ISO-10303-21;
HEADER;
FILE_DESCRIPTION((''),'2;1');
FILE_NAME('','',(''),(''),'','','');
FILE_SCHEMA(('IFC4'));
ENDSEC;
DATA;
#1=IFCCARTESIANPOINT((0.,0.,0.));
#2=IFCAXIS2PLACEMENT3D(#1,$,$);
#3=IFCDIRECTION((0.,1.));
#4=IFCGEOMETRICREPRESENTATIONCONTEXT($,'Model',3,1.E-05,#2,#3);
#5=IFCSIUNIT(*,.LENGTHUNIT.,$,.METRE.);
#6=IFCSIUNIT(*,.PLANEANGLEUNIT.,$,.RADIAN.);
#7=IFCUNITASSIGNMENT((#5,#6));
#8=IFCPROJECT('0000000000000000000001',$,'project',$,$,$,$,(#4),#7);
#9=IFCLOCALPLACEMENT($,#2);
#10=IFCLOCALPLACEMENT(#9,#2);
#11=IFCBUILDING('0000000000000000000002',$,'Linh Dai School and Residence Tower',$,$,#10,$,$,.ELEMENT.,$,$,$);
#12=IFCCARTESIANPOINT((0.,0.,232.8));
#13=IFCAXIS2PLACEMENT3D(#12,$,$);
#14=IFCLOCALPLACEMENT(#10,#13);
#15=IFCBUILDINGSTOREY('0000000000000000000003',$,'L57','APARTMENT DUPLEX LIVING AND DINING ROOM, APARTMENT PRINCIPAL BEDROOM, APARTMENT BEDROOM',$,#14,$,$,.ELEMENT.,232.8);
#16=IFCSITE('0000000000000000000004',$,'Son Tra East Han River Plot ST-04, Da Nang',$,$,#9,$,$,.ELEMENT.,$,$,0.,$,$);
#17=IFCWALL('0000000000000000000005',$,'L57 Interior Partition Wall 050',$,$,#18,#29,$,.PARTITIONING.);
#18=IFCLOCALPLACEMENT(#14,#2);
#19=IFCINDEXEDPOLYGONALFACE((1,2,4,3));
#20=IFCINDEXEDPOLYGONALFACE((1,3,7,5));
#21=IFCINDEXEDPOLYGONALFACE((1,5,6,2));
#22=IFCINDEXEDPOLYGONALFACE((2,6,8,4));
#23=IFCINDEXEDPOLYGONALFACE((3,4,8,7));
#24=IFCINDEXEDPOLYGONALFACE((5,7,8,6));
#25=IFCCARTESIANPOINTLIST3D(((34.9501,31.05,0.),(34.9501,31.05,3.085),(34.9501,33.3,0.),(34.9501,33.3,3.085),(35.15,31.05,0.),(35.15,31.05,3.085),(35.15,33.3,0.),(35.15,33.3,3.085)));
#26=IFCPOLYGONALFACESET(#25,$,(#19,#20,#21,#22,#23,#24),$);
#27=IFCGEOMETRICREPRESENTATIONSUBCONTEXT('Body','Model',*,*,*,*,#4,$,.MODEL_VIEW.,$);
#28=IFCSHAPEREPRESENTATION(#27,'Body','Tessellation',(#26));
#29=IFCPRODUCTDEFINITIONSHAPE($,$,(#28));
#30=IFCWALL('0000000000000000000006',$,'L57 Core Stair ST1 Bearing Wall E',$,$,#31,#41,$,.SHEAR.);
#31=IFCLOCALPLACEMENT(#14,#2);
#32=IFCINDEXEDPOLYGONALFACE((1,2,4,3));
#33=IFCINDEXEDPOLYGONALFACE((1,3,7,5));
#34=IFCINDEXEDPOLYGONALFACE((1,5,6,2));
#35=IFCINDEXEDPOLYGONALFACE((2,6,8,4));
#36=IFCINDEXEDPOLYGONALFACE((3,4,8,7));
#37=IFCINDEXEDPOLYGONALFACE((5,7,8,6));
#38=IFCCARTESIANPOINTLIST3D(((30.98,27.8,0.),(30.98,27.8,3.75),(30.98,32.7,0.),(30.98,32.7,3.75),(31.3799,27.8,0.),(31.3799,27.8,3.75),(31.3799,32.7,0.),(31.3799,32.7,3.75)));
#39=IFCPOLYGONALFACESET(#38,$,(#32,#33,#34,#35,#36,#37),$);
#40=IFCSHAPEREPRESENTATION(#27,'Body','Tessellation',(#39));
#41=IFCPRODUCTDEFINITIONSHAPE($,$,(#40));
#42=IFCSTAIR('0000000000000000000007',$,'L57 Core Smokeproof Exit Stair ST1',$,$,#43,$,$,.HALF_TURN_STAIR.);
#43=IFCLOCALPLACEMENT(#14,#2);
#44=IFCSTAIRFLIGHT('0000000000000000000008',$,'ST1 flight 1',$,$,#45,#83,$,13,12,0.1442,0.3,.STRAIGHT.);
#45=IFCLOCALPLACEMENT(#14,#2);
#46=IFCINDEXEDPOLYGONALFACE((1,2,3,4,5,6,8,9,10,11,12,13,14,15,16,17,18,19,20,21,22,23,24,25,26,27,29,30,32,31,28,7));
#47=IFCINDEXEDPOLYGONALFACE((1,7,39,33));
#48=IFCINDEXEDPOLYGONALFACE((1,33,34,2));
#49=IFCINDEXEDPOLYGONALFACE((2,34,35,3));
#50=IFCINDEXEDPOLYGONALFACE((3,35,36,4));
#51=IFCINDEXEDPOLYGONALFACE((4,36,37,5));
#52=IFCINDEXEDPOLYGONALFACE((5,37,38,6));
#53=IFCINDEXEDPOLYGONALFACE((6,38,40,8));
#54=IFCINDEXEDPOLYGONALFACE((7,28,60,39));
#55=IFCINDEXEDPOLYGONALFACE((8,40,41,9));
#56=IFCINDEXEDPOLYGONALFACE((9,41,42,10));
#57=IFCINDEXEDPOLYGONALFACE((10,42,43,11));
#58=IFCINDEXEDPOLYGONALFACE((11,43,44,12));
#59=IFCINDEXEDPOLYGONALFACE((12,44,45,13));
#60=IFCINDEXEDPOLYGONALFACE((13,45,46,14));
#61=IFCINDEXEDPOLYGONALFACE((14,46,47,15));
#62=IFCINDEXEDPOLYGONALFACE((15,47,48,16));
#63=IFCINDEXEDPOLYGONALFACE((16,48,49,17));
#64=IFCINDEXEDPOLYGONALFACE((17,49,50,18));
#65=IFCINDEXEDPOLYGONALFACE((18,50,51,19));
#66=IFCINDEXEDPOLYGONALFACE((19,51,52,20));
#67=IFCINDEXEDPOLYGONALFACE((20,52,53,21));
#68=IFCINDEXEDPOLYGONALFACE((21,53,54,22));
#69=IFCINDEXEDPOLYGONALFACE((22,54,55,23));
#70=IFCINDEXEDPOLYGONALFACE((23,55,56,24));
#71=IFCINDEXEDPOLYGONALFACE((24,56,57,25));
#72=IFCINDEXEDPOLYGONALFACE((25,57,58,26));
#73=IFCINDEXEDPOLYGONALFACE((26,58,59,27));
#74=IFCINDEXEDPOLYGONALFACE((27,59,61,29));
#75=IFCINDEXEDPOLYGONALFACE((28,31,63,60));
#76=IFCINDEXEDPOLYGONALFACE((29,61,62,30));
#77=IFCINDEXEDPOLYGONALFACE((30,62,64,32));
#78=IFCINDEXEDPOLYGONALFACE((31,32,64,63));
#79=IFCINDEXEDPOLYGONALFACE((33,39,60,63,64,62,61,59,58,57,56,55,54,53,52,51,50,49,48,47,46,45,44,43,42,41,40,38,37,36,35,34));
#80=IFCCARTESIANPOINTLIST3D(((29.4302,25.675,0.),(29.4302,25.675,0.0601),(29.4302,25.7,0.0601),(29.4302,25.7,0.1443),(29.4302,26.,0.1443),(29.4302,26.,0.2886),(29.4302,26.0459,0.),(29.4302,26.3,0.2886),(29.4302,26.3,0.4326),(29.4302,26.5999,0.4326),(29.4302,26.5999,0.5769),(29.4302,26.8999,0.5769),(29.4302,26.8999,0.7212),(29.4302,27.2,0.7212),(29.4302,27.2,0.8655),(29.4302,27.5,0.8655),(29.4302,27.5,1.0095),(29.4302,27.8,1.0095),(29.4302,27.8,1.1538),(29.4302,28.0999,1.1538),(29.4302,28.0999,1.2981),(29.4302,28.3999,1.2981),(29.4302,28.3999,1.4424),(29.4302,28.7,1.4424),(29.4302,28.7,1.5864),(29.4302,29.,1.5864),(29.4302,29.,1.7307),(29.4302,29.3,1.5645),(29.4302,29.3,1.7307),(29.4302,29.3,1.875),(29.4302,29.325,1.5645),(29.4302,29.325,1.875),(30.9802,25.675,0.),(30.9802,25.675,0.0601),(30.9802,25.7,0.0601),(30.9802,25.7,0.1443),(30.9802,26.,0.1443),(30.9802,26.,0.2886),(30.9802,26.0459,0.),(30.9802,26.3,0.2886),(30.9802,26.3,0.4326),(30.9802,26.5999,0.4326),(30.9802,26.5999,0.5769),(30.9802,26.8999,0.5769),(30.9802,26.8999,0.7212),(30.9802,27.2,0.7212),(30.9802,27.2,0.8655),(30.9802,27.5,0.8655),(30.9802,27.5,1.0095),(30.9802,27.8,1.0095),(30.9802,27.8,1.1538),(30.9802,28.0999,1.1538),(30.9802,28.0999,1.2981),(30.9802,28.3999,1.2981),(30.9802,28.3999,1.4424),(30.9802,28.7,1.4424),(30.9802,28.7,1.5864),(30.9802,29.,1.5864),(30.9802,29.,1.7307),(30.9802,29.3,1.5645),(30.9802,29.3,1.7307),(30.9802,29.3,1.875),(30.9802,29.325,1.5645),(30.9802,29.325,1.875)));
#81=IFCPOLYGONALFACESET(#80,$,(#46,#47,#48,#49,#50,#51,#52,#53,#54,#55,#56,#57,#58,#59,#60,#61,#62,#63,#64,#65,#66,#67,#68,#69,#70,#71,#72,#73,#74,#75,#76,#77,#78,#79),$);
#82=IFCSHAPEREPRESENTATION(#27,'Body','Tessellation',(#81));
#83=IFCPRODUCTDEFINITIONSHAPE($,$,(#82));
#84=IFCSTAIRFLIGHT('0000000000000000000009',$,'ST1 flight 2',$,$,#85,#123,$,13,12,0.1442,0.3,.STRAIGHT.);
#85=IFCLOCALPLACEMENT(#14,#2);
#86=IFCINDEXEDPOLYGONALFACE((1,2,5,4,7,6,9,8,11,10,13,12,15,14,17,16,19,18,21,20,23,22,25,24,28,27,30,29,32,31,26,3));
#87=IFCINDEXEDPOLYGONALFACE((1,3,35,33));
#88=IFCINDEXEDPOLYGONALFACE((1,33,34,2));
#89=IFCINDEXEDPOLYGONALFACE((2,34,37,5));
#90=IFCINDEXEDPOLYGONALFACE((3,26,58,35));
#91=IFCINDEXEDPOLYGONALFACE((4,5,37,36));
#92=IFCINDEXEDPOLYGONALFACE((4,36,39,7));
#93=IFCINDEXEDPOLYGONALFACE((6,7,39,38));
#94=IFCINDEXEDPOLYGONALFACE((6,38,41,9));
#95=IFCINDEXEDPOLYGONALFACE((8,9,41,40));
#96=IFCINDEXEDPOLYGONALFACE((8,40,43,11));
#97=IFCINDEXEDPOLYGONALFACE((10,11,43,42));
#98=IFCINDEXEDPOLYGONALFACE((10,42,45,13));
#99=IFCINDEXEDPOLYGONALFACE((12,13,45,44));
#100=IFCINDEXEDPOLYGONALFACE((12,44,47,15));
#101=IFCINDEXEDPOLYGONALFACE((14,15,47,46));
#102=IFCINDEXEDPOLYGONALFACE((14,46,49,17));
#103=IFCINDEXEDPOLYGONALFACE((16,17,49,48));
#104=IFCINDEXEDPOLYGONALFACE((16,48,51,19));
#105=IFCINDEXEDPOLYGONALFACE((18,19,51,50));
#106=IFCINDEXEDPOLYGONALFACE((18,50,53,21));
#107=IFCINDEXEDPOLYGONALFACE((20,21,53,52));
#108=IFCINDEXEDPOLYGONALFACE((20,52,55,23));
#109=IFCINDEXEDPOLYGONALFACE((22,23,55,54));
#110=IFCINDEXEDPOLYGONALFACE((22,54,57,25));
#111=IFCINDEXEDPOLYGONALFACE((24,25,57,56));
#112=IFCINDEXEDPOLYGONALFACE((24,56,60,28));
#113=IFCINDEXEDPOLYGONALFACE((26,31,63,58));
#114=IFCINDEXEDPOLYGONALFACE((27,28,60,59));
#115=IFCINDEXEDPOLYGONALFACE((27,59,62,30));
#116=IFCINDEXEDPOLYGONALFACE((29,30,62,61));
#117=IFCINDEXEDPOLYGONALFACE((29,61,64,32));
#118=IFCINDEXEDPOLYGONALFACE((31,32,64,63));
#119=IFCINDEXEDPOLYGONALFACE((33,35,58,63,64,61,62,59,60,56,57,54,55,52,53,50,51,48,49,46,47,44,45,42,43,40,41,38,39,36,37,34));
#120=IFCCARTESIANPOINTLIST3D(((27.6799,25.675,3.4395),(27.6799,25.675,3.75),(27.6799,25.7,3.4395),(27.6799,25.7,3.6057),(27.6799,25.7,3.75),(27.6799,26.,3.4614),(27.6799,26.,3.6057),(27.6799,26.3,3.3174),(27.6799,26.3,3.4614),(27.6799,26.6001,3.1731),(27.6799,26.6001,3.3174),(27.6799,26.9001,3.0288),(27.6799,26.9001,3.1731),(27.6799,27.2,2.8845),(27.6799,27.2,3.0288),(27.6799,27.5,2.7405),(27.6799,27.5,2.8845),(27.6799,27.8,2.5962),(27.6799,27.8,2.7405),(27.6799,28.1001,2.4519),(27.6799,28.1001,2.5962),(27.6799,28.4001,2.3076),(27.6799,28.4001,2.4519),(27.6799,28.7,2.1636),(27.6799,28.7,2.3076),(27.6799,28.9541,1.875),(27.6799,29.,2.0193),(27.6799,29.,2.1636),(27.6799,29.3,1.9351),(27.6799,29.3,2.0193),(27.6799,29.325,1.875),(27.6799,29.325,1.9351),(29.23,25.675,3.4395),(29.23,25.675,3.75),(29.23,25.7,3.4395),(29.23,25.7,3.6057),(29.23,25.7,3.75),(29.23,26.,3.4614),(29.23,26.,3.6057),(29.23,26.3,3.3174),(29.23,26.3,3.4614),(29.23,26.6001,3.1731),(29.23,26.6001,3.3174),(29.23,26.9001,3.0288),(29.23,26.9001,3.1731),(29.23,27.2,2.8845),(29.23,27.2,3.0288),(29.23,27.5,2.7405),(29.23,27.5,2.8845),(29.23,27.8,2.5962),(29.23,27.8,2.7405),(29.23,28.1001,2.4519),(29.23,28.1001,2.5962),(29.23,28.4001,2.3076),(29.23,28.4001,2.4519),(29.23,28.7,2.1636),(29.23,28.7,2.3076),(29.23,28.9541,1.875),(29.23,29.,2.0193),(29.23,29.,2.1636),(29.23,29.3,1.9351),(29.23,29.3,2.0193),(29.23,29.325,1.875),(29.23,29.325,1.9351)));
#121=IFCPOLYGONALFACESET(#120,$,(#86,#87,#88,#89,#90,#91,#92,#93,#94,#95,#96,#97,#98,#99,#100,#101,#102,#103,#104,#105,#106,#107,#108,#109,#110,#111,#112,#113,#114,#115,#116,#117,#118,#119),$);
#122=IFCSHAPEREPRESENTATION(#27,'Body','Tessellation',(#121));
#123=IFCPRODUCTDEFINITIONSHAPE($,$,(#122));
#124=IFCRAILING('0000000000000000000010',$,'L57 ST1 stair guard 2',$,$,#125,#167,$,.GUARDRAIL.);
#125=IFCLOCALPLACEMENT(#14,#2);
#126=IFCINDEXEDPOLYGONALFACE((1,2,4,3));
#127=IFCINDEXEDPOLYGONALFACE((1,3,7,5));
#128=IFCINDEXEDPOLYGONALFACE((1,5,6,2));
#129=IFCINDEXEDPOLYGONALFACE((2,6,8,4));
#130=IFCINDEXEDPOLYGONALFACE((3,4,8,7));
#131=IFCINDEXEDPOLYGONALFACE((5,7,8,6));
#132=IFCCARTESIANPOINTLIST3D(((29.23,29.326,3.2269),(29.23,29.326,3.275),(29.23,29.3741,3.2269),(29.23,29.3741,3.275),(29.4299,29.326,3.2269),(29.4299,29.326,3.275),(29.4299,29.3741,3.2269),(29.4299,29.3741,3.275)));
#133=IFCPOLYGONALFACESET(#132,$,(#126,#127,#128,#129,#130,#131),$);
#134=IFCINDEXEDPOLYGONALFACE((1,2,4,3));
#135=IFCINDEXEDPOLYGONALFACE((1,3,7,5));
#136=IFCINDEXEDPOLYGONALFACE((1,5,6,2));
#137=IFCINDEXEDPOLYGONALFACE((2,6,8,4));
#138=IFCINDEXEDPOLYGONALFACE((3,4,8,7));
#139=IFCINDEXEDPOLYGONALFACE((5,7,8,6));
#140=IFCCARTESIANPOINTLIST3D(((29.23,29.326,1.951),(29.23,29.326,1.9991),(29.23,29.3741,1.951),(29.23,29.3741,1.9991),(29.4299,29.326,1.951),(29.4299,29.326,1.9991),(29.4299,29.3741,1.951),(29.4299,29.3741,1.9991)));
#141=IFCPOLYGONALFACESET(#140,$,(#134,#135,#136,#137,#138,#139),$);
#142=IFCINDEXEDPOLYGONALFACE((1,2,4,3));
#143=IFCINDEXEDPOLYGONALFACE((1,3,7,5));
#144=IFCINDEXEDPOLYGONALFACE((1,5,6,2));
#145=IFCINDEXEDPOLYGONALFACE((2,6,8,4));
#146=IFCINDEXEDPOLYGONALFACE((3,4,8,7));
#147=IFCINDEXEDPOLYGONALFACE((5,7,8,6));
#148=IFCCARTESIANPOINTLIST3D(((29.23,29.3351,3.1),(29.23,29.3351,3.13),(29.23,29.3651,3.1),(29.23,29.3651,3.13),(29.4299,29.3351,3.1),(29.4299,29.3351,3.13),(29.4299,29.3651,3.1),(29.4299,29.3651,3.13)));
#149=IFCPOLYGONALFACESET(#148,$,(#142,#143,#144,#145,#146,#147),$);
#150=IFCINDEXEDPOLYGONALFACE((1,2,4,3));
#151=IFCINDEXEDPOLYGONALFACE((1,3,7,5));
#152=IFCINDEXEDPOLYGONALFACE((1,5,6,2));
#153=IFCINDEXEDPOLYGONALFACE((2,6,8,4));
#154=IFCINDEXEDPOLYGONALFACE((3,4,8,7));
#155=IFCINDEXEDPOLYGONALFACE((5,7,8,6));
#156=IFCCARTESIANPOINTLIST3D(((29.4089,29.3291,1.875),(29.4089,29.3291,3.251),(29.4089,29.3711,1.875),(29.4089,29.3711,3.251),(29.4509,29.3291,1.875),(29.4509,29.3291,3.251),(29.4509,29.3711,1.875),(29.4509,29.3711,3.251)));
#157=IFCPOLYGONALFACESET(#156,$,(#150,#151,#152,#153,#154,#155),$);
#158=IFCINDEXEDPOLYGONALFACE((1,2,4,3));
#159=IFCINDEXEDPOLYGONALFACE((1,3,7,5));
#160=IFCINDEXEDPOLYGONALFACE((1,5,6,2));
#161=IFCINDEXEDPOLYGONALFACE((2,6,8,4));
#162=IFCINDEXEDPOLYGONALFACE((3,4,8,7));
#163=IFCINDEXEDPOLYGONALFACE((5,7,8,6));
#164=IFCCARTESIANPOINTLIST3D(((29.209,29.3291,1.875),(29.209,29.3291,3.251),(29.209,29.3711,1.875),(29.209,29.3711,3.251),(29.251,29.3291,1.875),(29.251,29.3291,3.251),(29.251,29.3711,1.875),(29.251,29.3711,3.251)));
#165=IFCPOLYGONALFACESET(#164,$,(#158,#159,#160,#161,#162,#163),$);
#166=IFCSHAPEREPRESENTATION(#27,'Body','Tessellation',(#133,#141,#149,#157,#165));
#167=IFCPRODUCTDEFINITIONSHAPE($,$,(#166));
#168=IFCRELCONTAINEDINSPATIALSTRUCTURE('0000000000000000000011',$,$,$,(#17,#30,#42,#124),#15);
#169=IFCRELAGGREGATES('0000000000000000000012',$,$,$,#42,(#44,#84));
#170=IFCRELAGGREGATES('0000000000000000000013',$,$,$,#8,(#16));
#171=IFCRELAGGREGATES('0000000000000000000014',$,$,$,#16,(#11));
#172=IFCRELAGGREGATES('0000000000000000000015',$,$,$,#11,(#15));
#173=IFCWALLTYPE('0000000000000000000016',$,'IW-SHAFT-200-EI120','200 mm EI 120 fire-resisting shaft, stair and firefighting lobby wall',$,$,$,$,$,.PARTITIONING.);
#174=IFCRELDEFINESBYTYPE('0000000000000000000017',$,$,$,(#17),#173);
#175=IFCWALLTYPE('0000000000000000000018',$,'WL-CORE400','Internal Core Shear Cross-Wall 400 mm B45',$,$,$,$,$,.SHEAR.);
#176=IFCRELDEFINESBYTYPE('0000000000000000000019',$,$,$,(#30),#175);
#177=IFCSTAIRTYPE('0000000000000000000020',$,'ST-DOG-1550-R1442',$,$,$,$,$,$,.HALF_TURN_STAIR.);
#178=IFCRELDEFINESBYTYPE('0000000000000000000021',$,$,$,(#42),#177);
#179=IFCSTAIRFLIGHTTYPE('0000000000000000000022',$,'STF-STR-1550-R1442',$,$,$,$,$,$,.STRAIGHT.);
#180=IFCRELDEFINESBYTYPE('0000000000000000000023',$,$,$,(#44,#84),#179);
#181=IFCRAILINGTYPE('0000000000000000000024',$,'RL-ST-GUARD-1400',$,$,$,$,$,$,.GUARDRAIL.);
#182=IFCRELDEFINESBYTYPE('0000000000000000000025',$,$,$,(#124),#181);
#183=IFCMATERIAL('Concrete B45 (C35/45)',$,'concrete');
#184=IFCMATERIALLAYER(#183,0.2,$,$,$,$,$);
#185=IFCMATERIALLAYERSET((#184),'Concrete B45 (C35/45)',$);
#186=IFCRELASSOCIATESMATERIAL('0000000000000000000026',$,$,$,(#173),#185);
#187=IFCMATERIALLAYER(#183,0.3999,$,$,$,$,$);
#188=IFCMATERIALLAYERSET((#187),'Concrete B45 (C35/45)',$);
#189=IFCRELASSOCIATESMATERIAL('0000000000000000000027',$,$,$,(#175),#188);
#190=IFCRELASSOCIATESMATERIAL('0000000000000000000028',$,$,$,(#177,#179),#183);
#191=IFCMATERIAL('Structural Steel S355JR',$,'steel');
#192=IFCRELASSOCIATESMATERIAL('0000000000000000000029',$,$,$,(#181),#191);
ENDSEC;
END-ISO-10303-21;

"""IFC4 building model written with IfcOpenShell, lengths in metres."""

from ifc_helpers import new_model, si_unit, direction, frame, frame_2d, origin, origin_2d, place, context, subcontext, project, spatial, polyline, rectangle, outline, extrude, source, transform, mapped, material, layer, layer_set, type_object, element, aggregate, save


model = new_model("IFC4")

# Units and contexts
model_context = context("Model", 3, precision=1e-05, world=origin(), true_north=direction((0.0, 1.0)))
body_context = subcontext(model_context, "Body", "Model", "MODEL_VIEW")
ifc_project = project(units=[si_unit("LENGTHUNIT", "METRE"), si_unit("PLANEANGLEUNIT", "RADIAN")], contexts=[model_context])

# Site, building, storey
site_placement = place(None, origin())
site = spatial("IfcSite", under=ifc_project, at=site_placement, Name="Son Tra East Han River Plot ST-04, Da Nang", CompositionType="ELEMENT", RefElevation=0.0)
building_placement = place(site_placement, origin())
building = spatial("IfcBuilding", under=site, at=building_placement, Name="Linh Dai School and Residence Tower", CompositionType="ELEMENT")
storey_placement = place(building_placement, frame((0.0, 0.0, 232.8)))
storey = spatial("IfcBuildingStorey", under=building, at=storey_placement, Name="L57", Description="APARTMENT DUPLEX LIVING AND DINING ROOM, APARTMENT PRINCIPAL BEDROOM, APARTMENT BEDROOM", CompositionType="ELEMENT", Elevation=232.8)

# Shared definitions
ifc_material_1 = material(Name="Structural Steel S355JR", Category="steel")

# Shared definitions
ifc_material_2 = material(Name="Concrete B45 (C35/45)", Category="concrete")
ifc_layer_1 = layer(ifc_material_2, 0.2)
ifc_layer_set_1 = layer_set([ifc_layer_1], Name="Concrete B45 (C35/45)")
wall_type_1 = type_object("IfcWallType", Name="IW-SHAFT-200-EI120", Description="200 mm EI 120 fire-resisting shaft, stair and firefighting lobby wall", PredefinedType="PARTITIONING", material=ifc_layer_set_1)

# Walls
wall_1_placement = place(storey_placement, frame((35.05, 31.05, 0.0), z_axis=(0.0, 0.0, 1.0), x_axis=(0.0, 1.0, 0.0)))
element("IfcWall", 1, at=wall_1_placement, inside=storey, type_object=wall_type_1, Name="L57 Interior Partition Wall 050", PredefinedType="PARTITIONING", context=body_context, shape_type="SweptSolid", body=[
    extrude(rectangle(XDim=2.25, YDim=0.2, at=frame_2d((1.125, 0.0))), origin(), (0.0, 0.0, 1.0), 3.085),
])
ifc_layer_2 = layer(ifc_material_2, 0.3999)
ifc_layer_set_2 = layer_set([ifc_layer_2], Name="Concrete B45 (C35/45)")
wall_type_2 = type_object("IfcWallType", Name="WL-CORE400", Description="Internal Core Shear Cross-Wall 400 mm B45", PredefinedType="SHEAR", material=ifc_layer_set_2)
wall_2_placement = place(storey_placement, frame((31.1799, 27.8, 0.0), z_axis=(0.0, 0.0, 1.0), x_axis=(0.0, 1.0, 0.0)))
element("IfcWall", 2, at=wall_2_placement, inside=storey, type_object=wall_type_2, Name="L57 Core Stair ST1 Bearing Wall E", PredefinedType="SHEAR", context=body_context, shape_type="SweptSolid", body=[
    extrude(rectangle(XDim=4.8999, YDim=0.3999, at=frame_2d((2.45, 0.0))), origin(), (0.0, 0.0, 1.0), 3.75),
])

# Stair, stair flights
stair_type = type_object("IfcStairType", Name="ST-DOG-1550-R1442", PredefinedType="HALF_TURN_STAIR", material=ifc_material_2)
stair_placement = place(storey_placement, origin())
stair = element("IfcStair", 3, at=stair_placement, inside=storey, type_object=stair_type, Name="L57 Core Smokeproof Exit Stair ST1", PredefinedType="HALF_TURN_STAIR")
stair_flight_type = type_object("IfcStairFlightType", Name="STF-STR-1550-R1442", PredefinedType="STRAIGHT", material=ifc_material_2)
shared_shape_1 = source(origin(), body_context, "Body", "SweptSolid", [
    extrude(outline(polyline([(-0.0249, 0.0), (-0.0249, 0.0601), (0.0, 0.0601), (0.0, 0.1443), (0.3, 0.1443), (0.3, 0.2886), (0.6001, 0.2886), (0.6001, 0.4326), (0.8999, 0.4326), (0.8999, 0.5769), (1.2, 0.5769), (1.2, 0.7212), (1.5, 0.7212), (1.5, 0.8655), (1.8, 0.8655), (1.8, 1.0095), (2.1001, 1.0095), (2.1001, 1.1538), (2.3999, 1.1538), (2.3999, 1.2981), (2.7, 1.2981), (2.7, 1.4424), (3.0, 1.4424), (3.0, 1.5864), (3.3, 1.5864), (3.3, 1.7307), (3.6001, 1.7307), (3.6001, 1.875), (3.625, 1.875), (3.625, 1.5645), (3.6001, 1.5645), (0.3459, 0.0), (-0.0249, 0.0)])), frame((0.0, 0.7749, 0.0), z_axis=(0.0, -1.0, 0.0), x_axis=(1.0, 0.0, 0.0)), (0.0, 0.0, 1.0), 1.55),
])
stair_flight_1_placement = place(storey_placement, frame((30.2051, 25.7, 0.0), z_axis=(0.0, 0.0, 1.0), x_axis=(0.0, 1.0, 0.0)))
stair_flight_1 = element("IfcStairFlight", 4, at=stair_flight_1_placement, type_object=stair_flight_type, Name="ST1 flight 1", NumberOfRisers=13, NumberOfTreads=12, PredefinedType="STRAIGHT", RiserHeight=0.1442, TreadLength=0.3, context=body_context, shape_type="MappedRepresentation", body=[
    mapped(shared_shape_1, transform((0.0, 0.0, 0.0), x_axis=(1.0, 0.0, 0.0), y_axis=(0.0, 1.0, 0.0), z_axis=(0.0, 0.0, 1.0), scale=1.0)),
])
stair_flight_2_placement = place(storey_placement, frame((28.4551, 29.3, 1.875), z_axis=(0.0, 0.0, 1.0), x_axis=(0.0, -1.0, 0.0)))
stair_flight_2 = element("IfcStairFlight", 5, at=stair_flight_2_placement, type_object=stair_flight_type, Name="ST1 flight 2", NumberOfRisers=13, NumberOfTreads=12, PredefinedType="STRAIGHT", RiserHeight=0.1442, TreadLength=0.3, context=body_context, shape_type="MappedRepresentation", body=[
    mapped(shared_shape_1, transform((0.0, 0.0, 0.0), x_axis=(1.0, 0.0, 0.0), y_axis=(0.0, 1.0, 0.0), z_axis=(0.0, 0.0, 1.0), scale=1.0)),
])
aggregate(stair, [stair_flight_1, stair_flight_2])

# Railing
railing_type_1 = type_object("IfcRailingType", Name="RL-ST-GUARD-1400", PredefinedType="GUARDRAIL", material=ifc_material_1)
shared_shape_2 = source(origin(), body_context, "Body", "SweptSolid", [
    extrude(rectangle(XDim=0.0481, YDim=0.0481, at=origin_2d()), frame((0.0, 0.0, 1.376), z_axis=(-1.0, 0.0, 0.0), x_axis=(0.0, -1.0, 0.0)), (0.0, 0.0, 1.0), 0.2),
    extrude(rectangle(XDim=0.0481, YDim=0.0481, at=origin_2d()), frame((0.0, 0.0, 0.1001), z_axis=(-1.0, 0.0, 0.0), x_axis=(0.0, -1.0, 0.0)), (0.0, 0.0, 1.0), 0.2),
    extrude(rectangle(XDim=0.03, YDim=0.03, at=origin_2d()), frame((0.0, 0.0, 1.24), z_axis=(-1.0, 0.0, 0.0), x_axis=(0.0, -1.0, 0.0)), (0.0, 0.0, 1.0), 0.2),
    extrude(rectangle(XDim=0.042, YDim=0.042, at=origin_2d()), origin(), (0.0, 0.0, 1.0), 1.376),
    extrude(rectangle(XDim=0.042, YDim=0.042, at=origin_2d()), frame((-0.2, 0.0, 0.0)), (0.0, 0.0, 1.0), 1.376),
])
for number, where, name in (
    (6, (29.4299, 29.3501, 1.875), "L57 ST1 stair guard 2"),
):
    element("IfcRailing", number, at=place(storey_placement, frame(where)), inside=storey, type_object=railing_type_1, Name=name, PredefinedType="GUARDRAIL", context=body_context, shape_type="MappedRepresentation", body=[
        mapped(shared_shape_2, transform((0.0, 0.0, 0.0), x_axis=(1.0, 0.0, 0.0), y_axis=(0.0, 1.0, 0.0), z_axis=(0.0, 0.0, 1.0), scale=1.0)),
    ])

save(model, "model.ifc")
